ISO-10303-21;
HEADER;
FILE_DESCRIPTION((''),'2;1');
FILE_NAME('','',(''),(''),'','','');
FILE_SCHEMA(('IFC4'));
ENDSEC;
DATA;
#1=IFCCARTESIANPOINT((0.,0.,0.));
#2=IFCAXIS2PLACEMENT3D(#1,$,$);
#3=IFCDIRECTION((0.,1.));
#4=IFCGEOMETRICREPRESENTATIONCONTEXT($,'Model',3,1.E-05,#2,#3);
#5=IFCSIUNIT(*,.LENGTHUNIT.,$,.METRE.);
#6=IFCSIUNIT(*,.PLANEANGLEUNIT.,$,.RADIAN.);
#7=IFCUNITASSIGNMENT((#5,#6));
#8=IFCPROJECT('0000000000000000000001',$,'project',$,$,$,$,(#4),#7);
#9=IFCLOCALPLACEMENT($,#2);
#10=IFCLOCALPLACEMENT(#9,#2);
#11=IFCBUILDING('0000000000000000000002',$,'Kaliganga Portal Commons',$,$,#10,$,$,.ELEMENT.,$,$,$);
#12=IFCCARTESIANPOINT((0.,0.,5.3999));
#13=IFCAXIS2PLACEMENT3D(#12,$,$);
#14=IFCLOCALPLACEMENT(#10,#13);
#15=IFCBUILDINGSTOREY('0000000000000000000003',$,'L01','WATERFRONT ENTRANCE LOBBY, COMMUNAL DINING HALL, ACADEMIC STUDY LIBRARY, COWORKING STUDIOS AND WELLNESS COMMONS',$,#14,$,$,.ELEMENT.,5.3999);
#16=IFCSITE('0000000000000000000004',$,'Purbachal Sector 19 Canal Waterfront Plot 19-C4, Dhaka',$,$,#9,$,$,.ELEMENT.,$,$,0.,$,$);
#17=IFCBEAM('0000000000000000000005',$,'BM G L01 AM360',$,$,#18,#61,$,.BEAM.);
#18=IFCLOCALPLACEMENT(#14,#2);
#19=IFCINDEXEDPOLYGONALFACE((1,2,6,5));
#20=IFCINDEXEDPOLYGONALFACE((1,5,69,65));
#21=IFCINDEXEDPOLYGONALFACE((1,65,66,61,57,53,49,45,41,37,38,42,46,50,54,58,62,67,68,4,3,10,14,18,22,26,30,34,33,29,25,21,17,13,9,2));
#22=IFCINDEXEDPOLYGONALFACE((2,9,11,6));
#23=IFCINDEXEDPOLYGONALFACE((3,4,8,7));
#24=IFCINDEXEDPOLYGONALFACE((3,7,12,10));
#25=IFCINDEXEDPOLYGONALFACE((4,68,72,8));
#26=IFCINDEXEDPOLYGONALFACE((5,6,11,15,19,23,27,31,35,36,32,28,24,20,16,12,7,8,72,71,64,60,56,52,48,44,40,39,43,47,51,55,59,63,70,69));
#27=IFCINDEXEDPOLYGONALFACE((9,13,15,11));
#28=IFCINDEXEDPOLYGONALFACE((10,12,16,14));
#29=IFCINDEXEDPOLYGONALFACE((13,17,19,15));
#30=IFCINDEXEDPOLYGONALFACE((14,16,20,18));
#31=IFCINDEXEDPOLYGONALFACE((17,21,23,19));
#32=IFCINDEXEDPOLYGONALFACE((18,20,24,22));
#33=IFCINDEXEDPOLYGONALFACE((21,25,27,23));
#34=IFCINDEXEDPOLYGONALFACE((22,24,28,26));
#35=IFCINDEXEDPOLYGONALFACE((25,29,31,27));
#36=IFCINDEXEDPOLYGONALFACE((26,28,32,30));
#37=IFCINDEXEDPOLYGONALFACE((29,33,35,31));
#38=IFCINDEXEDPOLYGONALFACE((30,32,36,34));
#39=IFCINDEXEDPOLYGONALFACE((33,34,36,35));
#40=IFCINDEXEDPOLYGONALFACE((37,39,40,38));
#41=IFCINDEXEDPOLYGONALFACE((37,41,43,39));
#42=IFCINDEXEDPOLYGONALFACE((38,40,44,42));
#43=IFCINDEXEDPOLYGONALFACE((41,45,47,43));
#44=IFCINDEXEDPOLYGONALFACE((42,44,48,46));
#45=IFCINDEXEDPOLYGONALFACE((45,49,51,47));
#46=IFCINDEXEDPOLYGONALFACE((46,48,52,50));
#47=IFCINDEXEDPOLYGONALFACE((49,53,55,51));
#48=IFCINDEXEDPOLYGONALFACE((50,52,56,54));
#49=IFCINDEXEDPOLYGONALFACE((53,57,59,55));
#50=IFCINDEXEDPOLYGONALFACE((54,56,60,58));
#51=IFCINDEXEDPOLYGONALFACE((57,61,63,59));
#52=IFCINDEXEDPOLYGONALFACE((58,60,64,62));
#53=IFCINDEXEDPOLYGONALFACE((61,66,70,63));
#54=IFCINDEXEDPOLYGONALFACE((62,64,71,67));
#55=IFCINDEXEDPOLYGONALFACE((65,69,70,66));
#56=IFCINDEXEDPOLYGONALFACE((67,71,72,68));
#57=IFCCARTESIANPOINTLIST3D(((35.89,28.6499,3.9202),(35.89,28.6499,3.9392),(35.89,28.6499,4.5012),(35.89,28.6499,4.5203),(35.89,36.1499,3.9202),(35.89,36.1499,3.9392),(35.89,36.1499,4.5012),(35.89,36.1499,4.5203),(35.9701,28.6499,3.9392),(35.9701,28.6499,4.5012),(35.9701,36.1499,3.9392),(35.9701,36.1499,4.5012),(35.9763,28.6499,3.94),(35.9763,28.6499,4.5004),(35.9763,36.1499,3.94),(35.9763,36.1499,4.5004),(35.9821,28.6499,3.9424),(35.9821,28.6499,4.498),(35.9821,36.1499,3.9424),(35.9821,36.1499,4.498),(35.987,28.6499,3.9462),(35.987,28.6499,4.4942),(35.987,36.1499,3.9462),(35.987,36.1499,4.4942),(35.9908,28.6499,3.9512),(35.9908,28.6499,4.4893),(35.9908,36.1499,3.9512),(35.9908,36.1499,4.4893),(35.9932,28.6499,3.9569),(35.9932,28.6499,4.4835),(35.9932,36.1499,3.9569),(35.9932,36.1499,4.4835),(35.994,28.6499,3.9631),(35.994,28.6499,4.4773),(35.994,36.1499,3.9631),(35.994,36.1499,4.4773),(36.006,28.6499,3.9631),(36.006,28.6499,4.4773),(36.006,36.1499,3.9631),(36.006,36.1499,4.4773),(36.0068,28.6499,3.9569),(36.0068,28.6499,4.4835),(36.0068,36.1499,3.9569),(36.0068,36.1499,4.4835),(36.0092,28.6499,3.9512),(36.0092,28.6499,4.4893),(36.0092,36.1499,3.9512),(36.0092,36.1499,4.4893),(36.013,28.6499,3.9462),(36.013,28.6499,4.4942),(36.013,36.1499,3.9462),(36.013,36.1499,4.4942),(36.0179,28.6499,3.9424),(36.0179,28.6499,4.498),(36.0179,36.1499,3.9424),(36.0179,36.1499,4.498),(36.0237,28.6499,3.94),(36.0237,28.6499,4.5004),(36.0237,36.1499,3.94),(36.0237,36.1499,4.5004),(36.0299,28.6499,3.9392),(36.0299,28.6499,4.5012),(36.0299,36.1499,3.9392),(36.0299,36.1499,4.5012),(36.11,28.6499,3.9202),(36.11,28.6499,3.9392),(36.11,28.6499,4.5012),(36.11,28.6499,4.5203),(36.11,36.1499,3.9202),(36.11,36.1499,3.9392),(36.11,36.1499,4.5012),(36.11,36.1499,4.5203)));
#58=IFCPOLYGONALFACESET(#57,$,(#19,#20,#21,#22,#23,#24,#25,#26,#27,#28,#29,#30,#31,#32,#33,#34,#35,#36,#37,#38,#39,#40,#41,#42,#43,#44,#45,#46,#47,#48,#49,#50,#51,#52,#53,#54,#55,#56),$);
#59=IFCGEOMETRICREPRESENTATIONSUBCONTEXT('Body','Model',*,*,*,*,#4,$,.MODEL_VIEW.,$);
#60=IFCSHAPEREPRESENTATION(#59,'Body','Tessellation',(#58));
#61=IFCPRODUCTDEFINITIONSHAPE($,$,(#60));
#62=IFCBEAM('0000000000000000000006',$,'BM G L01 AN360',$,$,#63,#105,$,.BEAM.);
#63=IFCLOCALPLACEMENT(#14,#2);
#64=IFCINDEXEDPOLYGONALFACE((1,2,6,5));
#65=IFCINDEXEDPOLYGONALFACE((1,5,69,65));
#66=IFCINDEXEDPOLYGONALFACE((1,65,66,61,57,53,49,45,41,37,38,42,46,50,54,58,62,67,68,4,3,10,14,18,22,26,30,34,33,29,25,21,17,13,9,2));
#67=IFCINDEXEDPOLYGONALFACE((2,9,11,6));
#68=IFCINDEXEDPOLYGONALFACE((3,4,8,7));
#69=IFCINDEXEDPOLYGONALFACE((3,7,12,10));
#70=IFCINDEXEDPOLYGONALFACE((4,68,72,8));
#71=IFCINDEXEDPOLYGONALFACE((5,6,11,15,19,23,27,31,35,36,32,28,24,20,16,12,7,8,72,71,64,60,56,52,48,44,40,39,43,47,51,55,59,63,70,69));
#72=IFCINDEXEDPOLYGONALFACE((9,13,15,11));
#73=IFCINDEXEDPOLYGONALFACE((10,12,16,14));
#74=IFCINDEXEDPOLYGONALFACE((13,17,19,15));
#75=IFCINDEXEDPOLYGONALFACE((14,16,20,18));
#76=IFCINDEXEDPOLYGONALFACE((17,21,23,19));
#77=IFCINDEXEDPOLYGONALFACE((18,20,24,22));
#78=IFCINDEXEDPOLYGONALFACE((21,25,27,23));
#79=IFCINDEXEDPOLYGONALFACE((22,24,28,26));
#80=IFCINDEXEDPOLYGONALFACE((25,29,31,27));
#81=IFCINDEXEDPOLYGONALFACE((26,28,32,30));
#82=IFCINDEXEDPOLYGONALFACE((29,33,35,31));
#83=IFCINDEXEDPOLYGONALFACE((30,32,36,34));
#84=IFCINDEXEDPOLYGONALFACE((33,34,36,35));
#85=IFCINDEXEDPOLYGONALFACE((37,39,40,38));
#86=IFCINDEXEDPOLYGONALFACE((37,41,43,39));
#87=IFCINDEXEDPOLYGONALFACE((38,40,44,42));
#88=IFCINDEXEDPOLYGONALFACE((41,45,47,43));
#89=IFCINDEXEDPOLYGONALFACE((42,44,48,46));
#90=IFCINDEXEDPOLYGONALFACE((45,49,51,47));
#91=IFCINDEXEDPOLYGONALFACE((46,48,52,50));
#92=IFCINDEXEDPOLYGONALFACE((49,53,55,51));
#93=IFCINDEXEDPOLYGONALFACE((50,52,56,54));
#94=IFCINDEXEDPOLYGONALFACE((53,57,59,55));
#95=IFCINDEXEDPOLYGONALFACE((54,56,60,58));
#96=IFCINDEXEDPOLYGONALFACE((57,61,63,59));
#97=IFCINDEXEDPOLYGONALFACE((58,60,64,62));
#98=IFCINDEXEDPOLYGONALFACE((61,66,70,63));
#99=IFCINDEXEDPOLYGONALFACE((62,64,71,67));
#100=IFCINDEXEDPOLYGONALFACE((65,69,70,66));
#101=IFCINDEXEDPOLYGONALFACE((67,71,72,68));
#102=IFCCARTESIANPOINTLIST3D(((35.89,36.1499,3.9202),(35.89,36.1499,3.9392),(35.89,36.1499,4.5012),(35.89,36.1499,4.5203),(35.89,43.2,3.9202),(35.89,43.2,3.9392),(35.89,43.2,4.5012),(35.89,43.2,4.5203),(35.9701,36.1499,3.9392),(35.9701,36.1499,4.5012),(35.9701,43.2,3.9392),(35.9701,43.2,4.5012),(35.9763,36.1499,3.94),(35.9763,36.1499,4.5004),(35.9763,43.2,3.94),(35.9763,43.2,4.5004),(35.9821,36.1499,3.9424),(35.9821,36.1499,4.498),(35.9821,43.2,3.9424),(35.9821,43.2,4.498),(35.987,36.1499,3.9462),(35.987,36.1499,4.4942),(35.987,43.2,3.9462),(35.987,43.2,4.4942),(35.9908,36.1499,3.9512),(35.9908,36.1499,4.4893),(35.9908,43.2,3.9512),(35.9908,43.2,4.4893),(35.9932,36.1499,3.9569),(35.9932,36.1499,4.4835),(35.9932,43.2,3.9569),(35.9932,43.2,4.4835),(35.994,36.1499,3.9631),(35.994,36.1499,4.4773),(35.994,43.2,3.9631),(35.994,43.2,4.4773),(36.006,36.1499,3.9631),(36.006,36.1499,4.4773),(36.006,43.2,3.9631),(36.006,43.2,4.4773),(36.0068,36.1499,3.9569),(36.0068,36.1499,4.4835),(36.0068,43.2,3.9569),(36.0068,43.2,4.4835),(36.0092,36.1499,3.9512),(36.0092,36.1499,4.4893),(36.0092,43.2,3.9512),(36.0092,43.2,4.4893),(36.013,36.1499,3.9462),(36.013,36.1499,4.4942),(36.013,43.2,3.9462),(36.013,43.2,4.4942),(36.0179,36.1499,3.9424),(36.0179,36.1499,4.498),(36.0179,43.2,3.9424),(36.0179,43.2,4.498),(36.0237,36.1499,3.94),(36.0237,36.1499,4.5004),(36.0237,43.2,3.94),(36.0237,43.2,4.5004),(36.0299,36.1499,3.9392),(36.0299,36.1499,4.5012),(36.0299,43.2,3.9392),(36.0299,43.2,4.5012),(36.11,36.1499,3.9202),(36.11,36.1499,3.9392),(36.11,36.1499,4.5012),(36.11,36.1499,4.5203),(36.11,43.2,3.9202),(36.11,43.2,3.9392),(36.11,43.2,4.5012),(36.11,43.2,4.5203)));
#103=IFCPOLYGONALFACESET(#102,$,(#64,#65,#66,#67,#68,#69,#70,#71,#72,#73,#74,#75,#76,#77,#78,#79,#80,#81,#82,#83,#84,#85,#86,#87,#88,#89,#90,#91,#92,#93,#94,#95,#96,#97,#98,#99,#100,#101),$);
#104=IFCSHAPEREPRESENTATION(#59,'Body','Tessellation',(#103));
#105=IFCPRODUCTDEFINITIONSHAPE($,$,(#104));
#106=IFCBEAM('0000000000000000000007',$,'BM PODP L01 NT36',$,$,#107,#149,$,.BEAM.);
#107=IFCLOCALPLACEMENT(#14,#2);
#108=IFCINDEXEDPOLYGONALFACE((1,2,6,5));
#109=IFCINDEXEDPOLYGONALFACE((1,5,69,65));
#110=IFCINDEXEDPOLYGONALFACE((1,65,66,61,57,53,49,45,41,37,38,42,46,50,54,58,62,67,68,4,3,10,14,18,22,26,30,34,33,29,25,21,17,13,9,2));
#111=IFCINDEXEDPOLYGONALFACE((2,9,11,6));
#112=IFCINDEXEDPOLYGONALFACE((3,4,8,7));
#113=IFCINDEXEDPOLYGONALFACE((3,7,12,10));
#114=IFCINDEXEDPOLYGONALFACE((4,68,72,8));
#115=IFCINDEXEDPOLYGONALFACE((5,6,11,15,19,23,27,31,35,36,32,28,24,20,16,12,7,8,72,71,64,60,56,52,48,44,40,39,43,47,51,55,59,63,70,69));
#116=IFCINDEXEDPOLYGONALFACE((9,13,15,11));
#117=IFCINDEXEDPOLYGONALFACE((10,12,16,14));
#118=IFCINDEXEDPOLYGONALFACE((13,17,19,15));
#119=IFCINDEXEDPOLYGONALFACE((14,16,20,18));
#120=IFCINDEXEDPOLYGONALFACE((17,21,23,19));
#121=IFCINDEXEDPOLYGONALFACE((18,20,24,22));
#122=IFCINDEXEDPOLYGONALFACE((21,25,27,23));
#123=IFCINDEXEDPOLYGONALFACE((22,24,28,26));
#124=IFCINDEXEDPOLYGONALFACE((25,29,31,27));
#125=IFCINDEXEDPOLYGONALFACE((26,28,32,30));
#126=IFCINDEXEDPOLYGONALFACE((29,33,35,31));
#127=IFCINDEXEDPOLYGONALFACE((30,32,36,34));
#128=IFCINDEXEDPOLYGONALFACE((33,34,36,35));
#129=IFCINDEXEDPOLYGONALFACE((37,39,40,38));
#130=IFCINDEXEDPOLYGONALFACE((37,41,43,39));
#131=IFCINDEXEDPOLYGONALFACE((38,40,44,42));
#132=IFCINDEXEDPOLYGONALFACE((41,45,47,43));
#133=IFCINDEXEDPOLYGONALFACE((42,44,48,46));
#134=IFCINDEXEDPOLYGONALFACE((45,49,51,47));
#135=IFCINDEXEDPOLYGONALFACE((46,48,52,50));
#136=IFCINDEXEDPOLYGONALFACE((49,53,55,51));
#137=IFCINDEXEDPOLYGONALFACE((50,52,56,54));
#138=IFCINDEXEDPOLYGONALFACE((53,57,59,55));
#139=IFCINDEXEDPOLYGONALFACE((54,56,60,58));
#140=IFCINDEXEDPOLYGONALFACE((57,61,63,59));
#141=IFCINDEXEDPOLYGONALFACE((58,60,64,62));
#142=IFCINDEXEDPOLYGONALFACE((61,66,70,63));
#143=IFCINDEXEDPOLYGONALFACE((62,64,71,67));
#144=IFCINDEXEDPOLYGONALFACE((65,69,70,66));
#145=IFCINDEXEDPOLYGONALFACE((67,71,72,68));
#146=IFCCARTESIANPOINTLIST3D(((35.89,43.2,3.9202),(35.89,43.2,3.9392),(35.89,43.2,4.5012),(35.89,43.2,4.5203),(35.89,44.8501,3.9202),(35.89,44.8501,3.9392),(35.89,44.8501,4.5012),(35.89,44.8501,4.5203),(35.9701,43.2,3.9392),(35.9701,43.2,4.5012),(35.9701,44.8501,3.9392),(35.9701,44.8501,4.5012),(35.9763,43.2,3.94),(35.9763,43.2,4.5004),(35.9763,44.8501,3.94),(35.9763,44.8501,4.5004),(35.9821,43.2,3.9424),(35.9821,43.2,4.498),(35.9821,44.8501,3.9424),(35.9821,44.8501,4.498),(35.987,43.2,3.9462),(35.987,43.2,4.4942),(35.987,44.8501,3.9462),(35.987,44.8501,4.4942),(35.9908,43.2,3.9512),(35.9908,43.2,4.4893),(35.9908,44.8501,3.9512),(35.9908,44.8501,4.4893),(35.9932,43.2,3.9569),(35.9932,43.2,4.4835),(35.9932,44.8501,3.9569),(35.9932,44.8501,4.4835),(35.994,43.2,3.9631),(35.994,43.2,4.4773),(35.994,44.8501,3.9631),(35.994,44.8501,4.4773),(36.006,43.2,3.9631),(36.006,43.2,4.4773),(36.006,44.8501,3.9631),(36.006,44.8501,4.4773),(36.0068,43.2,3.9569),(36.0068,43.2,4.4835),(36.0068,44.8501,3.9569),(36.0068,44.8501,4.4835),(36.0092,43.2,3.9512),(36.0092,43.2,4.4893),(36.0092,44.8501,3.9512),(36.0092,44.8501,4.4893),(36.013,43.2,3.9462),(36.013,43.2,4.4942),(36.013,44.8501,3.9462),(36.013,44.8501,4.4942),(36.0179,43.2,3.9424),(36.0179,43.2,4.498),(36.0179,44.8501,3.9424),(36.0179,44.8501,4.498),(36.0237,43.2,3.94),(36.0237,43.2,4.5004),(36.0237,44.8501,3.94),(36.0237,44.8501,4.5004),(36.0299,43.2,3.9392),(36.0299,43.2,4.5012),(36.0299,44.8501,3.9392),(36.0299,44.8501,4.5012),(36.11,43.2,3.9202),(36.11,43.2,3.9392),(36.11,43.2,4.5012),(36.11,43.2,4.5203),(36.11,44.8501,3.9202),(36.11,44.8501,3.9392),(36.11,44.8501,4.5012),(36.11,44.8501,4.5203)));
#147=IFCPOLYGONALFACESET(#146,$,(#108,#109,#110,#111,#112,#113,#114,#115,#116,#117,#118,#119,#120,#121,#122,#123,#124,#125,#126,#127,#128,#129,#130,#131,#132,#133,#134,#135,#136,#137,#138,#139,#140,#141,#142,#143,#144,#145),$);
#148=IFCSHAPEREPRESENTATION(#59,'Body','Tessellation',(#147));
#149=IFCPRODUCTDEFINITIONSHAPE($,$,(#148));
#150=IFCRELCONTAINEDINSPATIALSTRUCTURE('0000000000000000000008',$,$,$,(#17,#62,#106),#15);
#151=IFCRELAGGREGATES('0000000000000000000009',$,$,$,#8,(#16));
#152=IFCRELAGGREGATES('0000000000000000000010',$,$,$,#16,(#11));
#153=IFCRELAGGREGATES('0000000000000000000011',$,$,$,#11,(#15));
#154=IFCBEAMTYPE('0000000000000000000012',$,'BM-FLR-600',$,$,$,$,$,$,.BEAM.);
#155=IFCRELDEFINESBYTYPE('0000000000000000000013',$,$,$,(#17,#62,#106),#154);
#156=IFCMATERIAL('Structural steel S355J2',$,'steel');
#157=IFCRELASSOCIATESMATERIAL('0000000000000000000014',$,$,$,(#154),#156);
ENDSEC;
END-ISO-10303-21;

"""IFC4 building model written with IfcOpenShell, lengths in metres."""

from ifc_helpers import new_model, si_unit, direction, frame, origin, origin_2d, place, context, subcontext, project, spatial, i_section, extrude, source, transform, mapped, material, material_profile, profile_set, type_object, element, save


model = new_model("IFC4")

# Units and contexts
model_context = context("Model", 3, precision=1e-05, world=origin(), true_north=direction((0.0, 1.0)))
body_context = subcontext(model_context, "Body", "Model", "MODEL_VIEW")
ifc_project = project(units=[si_unit("LENGTHUNIT", "METRE"), si_unit("PLANEANGLEUNIT", "RADIAN")], contexts=[model_context])

# Site, building, storey
site_placement = place(None, origin())
site = spatial("IfcSite", under=ifc_project, at=site_placement, Name="Purbachal Sector 19 Canal Waterfront Plot 19-C4, Dhaka", CompositionType="ELEMENT", RefElevation=0.0)
building_placement = place(site_placement, origin())
building = spatial("IfcBuilding", under=site, at=building_placement, Name="Kaliganga Portal Commons", CompositionType="ELEMENT")
storey_placement = place(building_placement, frame((0.0, 0.0, 5.3999)))
storey = spatial("IfcBuildingStorey", under=building, at=storey_placement, Name="L01", Description="WATERFRONT ENTRANCE LOBBY, COMMUNAL DINING HALL, ACADEMIC STUDY LIBRARY, COWORKING STUDIOS AND WELLNESS COMMONS", CompositionType="ELEMENT", Elevation=5.3999)

# Beams
ifc_material_1 = material(Name="Structural steel S355J2", Category="steel")
ifc_material_profile_1 = material_profile(ifc_material_1, i_section(OverallWidth=0.22, OverallDepth=0.6001, WebThickness=0.012, FlangeThickness=0.019, FilletRadius=0.0239, at=origin_2d()), Name="IPE 600")
ifc_profile_set_1 = profile_set([ifc_material_profile_1], Name="Structural steel S355J2 wide-flange")
beam_type_1 = type_object("IfcBeamType", Name="BM-FLR-600", PredefinedType="BEAM", material=ifc_profile_set_1)
shared_shape_1 = source(origin(), body_context, "Body", "SweptSolid", [
    extrude(i_section(OverallWidth=0.22, OverallDepth=0.6001, WebThickness=0.012, FlangeThickness=0.019, FilletRadius=0.0239, at=origin_2d()), origin(), (0.0, 0.0, 1.0), 7.5),
])
beam_1_placement = place(storey_placement, frame((36.0, 28.6499, 4.2202), z_axis=(0.0, 1.0, 0.0), x_axis=(-1.0, 0.0, 0.0)))
element("IfcBeam", 1, at=beam_1_placement, inside=storey, type_object=beam_type_1, Name="BM G L01 AM360", PredefinedType="BEAM", context=body_context, shape_type="MappedRepresentation", body=[
    mapped(shared_shape_1, transform((0.0, 0.0, 0.0), x_axis=(1.0, 0.0, 0.0), y_axis=(0.0, 1.0, 0.0), z_axis=(0.0, 0.0, 1.0), scale=1.0)),
])
shared_shape_2 = source(origin(), body_context, "Body", "SweptSolid", [
    extrude(i_section(OverallWidth=0.22, OverallDepth=0.6001, WebThickness=0.012, FlangeThickness=0.019, FilletRadius=0.0239, at=origin_2d()), origin(), (0.0, 0.0, 1.0), 7.05),
])
beam_2_placement = place(storey_placement, frame((36.0, 36.1499, 4.2202), z_axis=(0.0, 1.0, 0.0), x_axis=(-1.0, 0.0, 0.0)))
element("IfcBeam", 2, at=beam_2_placement, inside=storey, type_object=beam_type_1, Name="BM G L01 AN360", PredefinedType="BEAM", context=body_context, shape_type="MappedRepresentation", body=[
    mapped(shared_shape_2, transform((0.0, 0.0, 0.0), x_axis=(1.0, 0.0, 0.0), y_axis=(0.0, 1.0, 0.0), z_axis=(0.0, 0.0, 1.0), scale=1.0)),
])
shared_shape_3 = source(origin(), body_context, "Body", "SweptSolid", [
    extrude(i_section(OverallWidth=0.22, OverallDepth=0.6001, WebThickness=0.012, FlangeThickness=0.019, FilletRadius=0.0239, at=origin_2d()), origin(), (0.0, 0.0, 1.0), 1.6501),
])
beam_3_placement = place(storey_placement, frame((36.0, 43.2, 4.2202), z_axis=(0.0, 1.0, 0.0), x_axis=(-1.0, 0.0, 0.0)))
element("IfcBeam", 3, at=beam_3_placement, inside=storey, type_object=beam_type_1, Name="BM PODP L01 NT36", PredefinedType="BEAM", context=body_context, shape_type="MappedRepresentation", body=[
    mapped(shared_shape_3, transform((0.0, 0.0, 0.0), x_axis=(1.0, 0.0, 0.0), y_axis=(0.0, 1.0, 0.0), z_axis=(0.0, 0.0, 1.0), scale=1.0)),
])

save(model, "model.ifc")
